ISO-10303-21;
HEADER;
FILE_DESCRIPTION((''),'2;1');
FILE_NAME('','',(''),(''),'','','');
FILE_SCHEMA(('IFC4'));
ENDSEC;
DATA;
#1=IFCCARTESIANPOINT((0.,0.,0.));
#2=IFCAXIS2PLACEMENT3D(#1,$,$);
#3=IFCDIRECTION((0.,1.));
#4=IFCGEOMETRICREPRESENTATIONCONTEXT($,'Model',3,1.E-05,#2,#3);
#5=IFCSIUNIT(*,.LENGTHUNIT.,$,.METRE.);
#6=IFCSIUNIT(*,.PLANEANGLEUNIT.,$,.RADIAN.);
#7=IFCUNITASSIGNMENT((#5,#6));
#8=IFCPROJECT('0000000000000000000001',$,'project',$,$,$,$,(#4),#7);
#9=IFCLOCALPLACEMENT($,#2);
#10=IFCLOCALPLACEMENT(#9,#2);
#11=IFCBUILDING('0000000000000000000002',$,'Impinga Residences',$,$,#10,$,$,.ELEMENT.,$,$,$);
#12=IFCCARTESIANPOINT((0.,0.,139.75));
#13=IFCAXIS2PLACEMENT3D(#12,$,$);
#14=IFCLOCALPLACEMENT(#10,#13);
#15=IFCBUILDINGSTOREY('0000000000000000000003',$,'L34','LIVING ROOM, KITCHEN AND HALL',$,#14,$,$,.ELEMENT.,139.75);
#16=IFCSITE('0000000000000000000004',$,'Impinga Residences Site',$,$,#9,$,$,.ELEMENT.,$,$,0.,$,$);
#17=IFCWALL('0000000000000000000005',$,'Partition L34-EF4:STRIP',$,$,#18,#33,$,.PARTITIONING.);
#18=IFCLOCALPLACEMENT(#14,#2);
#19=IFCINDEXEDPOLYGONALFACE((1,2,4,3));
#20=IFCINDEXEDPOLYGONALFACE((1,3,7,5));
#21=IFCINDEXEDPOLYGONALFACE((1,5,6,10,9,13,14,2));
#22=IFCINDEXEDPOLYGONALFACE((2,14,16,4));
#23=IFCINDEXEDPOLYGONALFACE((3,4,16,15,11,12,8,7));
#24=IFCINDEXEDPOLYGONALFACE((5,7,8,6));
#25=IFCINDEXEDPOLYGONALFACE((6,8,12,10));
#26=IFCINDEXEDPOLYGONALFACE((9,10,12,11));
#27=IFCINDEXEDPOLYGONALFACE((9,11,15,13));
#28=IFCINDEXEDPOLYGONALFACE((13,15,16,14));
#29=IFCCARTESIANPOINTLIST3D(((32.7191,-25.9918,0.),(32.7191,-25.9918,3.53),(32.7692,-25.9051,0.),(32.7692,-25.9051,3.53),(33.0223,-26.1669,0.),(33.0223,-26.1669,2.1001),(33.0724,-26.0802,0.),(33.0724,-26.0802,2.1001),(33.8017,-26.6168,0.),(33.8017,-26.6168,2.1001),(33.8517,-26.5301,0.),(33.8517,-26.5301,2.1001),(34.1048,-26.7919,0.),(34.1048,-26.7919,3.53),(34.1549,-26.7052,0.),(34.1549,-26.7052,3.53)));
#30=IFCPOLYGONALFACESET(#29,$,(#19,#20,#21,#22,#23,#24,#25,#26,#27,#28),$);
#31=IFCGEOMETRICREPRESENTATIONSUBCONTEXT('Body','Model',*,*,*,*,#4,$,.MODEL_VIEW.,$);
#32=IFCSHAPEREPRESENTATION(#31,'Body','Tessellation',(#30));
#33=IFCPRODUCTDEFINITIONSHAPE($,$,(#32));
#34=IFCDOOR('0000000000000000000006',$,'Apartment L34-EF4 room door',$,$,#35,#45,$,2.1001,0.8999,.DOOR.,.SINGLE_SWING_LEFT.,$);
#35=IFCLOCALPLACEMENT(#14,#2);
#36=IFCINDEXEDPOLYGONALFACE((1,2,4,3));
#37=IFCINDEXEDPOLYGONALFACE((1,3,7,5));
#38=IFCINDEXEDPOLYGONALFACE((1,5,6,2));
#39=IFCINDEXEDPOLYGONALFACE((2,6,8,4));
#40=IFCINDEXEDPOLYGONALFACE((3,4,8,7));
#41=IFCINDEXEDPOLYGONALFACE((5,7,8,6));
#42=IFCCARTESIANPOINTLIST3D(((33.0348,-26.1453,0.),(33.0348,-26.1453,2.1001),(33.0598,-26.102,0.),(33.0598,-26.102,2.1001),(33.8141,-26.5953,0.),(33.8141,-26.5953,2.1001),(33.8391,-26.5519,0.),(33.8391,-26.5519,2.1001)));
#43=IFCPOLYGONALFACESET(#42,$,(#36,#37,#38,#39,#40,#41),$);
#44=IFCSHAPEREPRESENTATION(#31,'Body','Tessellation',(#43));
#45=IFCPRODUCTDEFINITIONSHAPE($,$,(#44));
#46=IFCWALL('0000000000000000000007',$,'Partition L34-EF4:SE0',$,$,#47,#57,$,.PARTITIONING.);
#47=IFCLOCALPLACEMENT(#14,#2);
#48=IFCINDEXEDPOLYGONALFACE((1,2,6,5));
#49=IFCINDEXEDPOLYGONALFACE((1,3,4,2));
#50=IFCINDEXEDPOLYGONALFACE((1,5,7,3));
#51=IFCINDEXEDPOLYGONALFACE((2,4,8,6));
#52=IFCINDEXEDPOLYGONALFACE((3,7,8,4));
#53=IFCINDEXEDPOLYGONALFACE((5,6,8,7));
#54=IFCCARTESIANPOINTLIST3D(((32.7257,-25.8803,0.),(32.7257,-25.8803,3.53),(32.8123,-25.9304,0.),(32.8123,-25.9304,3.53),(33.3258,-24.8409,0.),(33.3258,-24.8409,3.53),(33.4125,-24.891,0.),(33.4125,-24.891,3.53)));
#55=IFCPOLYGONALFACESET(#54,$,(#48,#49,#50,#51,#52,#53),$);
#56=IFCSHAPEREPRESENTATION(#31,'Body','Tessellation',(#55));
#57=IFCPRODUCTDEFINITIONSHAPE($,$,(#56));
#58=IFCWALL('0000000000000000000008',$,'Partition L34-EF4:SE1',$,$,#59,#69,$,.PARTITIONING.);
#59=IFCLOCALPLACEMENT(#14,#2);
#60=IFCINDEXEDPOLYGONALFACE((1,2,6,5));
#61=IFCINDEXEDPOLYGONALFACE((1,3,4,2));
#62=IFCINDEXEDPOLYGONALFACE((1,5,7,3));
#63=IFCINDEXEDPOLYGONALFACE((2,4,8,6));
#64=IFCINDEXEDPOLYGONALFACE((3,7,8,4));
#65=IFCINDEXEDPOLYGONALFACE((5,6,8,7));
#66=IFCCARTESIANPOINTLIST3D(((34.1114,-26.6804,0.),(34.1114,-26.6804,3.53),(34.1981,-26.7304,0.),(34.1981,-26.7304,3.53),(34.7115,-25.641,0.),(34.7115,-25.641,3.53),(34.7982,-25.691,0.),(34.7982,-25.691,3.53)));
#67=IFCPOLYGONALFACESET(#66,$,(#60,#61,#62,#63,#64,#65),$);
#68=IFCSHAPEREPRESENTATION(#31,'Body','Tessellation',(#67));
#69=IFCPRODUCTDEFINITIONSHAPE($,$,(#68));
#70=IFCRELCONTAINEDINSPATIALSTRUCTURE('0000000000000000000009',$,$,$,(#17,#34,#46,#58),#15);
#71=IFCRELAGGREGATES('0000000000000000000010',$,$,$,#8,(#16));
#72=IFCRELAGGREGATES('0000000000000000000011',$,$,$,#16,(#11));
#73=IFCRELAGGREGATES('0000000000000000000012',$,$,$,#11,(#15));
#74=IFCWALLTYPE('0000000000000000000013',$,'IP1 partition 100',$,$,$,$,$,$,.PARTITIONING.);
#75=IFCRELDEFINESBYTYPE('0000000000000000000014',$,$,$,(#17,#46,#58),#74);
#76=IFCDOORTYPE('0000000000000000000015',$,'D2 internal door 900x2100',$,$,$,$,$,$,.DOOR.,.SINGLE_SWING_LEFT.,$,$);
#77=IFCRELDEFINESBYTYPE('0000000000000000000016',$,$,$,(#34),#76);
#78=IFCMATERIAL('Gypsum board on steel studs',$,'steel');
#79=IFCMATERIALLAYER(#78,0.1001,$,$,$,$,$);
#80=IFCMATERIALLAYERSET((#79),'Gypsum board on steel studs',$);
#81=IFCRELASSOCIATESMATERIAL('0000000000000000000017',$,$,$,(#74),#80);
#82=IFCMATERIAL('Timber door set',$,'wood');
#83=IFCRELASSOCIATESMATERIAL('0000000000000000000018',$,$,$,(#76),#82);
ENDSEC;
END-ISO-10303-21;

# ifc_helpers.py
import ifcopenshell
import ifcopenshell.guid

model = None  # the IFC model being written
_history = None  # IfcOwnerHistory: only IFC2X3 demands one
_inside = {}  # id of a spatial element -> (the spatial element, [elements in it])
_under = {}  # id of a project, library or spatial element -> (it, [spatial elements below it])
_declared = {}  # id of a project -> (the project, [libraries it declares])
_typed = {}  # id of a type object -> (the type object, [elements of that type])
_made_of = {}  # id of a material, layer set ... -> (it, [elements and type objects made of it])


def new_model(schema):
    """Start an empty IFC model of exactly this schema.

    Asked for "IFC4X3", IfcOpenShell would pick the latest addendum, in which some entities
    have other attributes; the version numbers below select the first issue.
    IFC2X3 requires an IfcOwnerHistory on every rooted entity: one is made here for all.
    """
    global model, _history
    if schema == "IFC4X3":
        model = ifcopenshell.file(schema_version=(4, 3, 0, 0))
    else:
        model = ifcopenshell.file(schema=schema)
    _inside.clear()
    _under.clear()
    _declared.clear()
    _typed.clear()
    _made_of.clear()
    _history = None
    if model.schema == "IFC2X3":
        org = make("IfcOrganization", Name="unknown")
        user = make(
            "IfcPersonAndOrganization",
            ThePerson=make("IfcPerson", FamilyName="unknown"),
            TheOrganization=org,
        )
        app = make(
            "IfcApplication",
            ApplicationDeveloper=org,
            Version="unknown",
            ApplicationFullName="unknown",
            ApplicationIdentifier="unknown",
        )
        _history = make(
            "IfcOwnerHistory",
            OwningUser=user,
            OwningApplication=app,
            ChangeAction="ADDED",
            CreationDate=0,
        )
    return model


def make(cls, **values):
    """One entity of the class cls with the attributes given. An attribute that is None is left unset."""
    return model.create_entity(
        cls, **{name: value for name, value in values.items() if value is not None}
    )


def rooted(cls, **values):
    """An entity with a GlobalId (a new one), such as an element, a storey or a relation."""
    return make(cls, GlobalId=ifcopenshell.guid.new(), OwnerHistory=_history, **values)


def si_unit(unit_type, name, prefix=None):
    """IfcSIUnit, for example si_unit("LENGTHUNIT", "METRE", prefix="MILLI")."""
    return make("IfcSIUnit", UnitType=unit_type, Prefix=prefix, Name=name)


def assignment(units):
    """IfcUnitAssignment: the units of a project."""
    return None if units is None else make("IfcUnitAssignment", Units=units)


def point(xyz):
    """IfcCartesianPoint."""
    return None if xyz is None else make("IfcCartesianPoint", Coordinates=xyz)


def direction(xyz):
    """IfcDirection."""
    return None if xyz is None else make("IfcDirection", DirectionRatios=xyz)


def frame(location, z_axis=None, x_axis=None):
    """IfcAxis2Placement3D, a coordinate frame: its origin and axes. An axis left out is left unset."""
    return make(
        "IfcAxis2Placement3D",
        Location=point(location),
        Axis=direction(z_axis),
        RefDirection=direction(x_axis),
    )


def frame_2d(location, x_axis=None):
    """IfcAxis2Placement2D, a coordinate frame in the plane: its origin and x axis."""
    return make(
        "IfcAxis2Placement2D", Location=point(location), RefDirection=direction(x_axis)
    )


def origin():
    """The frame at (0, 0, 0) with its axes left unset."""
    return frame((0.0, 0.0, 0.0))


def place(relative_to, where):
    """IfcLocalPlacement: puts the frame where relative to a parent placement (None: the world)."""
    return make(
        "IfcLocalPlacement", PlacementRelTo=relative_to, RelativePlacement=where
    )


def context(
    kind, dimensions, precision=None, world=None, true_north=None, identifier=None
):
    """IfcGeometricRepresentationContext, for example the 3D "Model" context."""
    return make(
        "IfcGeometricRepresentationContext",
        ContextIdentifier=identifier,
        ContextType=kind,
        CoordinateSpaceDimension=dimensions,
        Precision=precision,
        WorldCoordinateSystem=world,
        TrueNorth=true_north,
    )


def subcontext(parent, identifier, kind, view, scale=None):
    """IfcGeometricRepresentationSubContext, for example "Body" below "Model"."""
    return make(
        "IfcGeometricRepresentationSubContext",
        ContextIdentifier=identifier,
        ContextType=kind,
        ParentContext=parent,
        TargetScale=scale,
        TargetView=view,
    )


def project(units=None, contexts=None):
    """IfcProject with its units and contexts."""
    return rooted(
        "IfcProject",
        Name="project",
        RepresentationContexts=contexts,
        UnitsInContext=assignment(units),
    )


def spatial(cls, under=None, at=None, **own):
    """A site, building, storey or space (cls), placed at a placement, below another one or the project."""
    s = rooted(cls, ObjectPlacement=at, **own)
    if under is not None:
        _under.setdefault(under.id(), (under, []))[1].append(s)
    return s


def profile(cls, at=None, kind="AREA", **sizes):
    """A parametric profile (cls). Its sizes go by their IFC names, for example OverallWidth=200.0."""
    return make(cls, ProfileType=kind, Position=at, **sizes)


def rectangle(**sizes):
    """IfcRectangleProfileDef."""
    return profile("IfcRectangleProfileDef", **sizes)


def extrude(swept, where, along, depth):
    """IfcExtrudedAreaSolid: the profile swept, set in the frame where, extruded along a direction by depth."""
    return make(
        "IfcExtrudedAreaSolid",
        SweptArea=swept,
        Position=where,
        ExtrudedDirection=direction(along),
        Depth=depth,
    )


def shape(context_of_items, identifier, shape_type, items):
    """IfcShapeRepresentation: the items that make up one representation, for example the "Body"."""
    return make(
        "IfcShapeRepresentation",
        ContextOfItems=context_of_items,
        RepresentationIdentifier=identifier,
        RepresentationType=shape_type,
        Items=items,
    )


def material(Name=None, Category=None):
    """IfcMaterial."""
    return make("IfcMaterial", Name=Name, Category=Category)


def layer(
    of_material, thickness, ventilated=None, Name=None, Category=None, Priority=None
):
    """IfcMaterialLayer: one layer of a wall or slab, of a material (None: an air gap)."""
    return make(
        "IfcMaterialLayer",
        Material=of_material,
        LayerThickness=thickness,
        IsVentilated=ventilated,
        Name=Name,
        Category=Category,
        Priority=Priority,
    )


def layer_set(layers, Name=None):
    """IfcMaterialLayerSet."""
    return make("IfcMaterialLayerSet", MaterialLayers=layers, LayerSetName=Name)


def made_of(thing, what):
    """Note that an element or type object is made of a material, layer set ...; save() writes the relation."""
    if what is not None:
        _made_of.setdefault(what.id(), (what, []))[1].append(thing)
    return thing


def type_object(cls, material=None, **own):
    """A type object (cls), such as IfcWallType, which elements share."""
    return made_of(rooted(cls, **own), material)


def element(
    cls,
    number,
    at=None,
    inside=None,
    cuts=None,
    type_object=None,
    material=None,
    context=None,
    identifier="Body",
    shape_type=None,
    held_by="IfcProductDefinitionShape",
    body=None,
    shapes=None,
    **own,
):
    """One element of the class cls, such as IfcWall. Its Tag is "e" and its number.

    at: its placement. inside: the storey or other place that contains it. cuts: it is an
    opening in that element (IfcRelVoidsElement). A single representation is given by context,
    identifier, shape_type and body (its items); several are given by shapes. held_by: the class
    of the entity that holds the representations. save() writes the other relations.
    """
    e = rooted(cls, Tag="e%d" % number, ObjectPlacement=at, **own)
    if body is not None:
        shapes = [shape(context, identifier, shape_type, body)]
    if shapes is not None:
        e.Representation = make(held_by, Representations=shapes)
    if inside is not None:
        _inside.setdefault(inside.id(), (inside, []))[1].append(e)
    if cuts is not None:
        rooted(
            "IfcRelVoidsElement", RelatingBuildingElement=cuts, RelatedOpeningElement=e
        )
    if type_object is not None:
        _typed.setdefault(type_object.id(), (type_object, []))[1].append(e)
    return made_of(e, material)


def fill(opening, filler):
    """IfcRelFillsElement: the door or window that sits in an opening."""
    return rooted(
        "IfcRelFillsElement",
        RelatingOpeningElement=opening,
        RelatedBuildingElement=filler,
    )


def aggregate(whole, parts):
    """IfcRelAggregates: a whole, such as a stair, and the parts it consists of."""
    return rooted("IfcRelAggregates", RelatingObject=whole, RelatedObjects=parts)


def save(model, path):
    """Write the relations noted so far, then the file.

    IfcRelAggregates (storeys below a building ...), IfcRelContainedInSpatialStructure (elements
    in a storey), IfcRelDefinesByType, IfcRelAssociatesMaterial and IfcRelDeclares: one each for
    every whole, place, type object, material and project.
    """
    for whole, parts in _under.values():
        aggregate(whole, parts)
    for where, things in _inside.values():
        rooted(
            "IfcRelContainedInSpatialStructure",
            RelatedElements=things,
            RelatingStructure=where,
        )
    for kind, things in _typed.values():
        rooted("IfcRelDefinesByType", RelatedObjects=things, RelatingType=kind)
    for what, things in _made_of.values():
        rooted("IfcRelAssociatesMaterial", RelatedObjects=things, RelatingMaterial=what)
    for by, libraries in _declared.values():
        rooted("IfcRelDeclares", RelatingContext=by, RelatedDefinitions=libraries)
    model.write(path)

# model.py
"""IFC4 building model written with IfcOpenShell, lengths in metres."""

from ifc_helpers import new_model, si_unit, direction, frame, frame_2d, origin, place, context, subcontext, project, spatial, rectangle, extrude, material, layer, layer_set, type_object, element, fill, save


model = new_model("IFC4")

# Units and contexts
model_context = context("Model", 3, precision=1e-05, world=origin(), true_north=direction((0.0, 1.0)))
body_context = subcontext(model_context, "Body", "Model", "MODEL_VIEW")
ifc_project = project(units=[si_unit("LENGTHUNIT", "METRE"), si_unit("PLANEANGLEUNIT", "RADIAN")], contexts=[model_context])

# Site, building, storey
site_placement = place(None, origin())
site = spatial("IfcSite", under=ifc_project, at=site_placement, Name="Impinga Residences Site", CompositionType="ELEMENT", RefElevation=0.0)
building_placement = place(site_placement, origin())
building = spatial("IfcBuilding", under=site, at=building_placement, Name="Impinga Residences", CompositionType="ELEMENT")
storey_placement = place(building_placement, frame((0.0, 0.0, 139.75)))
storey = spatial("IfcBuildingStorey", under=building, at=storey_placement, Name="L34", Description="LIVING ROOM, KITCHEN AND HALL", CompositionType="ELEMENT", Elevation=139.75)

# Shared definitions
ifc_material_1 = material(Name="Gypsum board on steel studs", Category="steel")
ifc_layer_1 = layer(ifc_material_1, 0.1001)
ifc_layer_set_1 = layer_set([ifc_layer_1], Name="Gypsum board on steel studs")
wall_type_1 = type_object("IfcWallType", Name="IP1 partition 100", PredefinedType="PARTITIONING", material=ifc_layer_set_1)

# Wall, opening, door
wall_1_placement = place(storey_placement, frame((32.7441, -25.9485, 0.0), z_axis=(0.0, 0.0, 1.0), x_axis=(0.866028, -0.499995, 0.0)))
wall_1 = element("IfcWall", 1, at=wall_1_placement, inside=storey, type_object=wall_type_1, Name="Partition L34-EF4:STRIP", PredefinedType="PARTITIONING", context=body_context, shape_type="SweptSolid", body=[
    extrude(rectangle(XDim=1.6001, YDim=0.1001, at=frame_2d((0.8, 0.0))), origin(), (0.0, 0.0, 1.0), 3.53),
])
opening_1_placement = place(wall_1_placement, frame((0.3501, 0.0, 0.0)))
opening_1 = element("IfcOpeningElement", 2, at=opening_1_placement, cuts=wall_1, PredefinedType="OPENING", context=body_context, shape_type="SweptSolid", body=[
    extrude(rectangle(XDim=0.8999, YDim=2.1001, at=frame_2d((0.45, 1.05))), frame((0.0, 0.0601, 0.0), z_axis=(0.0, -1.0, 0.0), x_axis=(1.0, 0.0, 0.0)), (0.0, 0.0, 1.0), 0.1201),
])
ifc_material_2 = material(Name="Timber door set", Category="wood")
door_type = type_object("IfcDoorType", Name="D2 internal door 900x2100", OperationType="SINGLE_SWING_LEFT", PredefinedType="DOOR", material=ifc_material_2)
door_placement = place(opening_1_placement, origin())
door = element("IfcDoor", 3, at=door_placement, inside=storey, type_object=door_type, Name="Apartment L34-EF4 room door", OperationType="SINGLE_SWING_LEFT", OverallHeight=2.1001, OverallWidth=0.8999, PredefinedType="DOOR", context=body_context, shape_type="SweptSolid", body=[
    extrude(rectangle(XDim=0.8999, YDim=2.1001, at=frame_2d((0.45, 1.05))), frame((0.0, 0.0249, 0.0), z_axis=(0.0, -1.0, 0.0), x_axis=(1.0, 0.0, 0.0)), (0.0, 0.0, 1.0), 0.05),
])
fill(opening_1, door)

# Walls
for number, where, z_axis, x_axis, name in (
    (4, (33.3691, -24.866, 0.0), (0.0, 0.0, 1.0), (-0.500034, -0.866006, 0.0), "Partition L34-EF4:SE0"),
    (5, (34.7549, -25.666, 0.0), (0.0, 0.0, 1.0), (-0.500034, -0.866006, 0.0), "Partition L34-EF4:SE1"),
):
    element("IfcWall", number, at=place(storey_placement, frame(where, z_axis=z_axis, x_axis=x_axis)), inside=storey, type_object=wall_type_1, Name=name, PredefinedType="PARTITIONING", context=body_context, shape_type="SweptSolid", body=[
        extrude(rectangle(XDim=1.2002, YDim=0.1001, at=frame_2d((0.6001, 0.0))), origin(), (0.0, 0.0, 1.0), 3.53),
    ])

save(model, "model.ifc")
